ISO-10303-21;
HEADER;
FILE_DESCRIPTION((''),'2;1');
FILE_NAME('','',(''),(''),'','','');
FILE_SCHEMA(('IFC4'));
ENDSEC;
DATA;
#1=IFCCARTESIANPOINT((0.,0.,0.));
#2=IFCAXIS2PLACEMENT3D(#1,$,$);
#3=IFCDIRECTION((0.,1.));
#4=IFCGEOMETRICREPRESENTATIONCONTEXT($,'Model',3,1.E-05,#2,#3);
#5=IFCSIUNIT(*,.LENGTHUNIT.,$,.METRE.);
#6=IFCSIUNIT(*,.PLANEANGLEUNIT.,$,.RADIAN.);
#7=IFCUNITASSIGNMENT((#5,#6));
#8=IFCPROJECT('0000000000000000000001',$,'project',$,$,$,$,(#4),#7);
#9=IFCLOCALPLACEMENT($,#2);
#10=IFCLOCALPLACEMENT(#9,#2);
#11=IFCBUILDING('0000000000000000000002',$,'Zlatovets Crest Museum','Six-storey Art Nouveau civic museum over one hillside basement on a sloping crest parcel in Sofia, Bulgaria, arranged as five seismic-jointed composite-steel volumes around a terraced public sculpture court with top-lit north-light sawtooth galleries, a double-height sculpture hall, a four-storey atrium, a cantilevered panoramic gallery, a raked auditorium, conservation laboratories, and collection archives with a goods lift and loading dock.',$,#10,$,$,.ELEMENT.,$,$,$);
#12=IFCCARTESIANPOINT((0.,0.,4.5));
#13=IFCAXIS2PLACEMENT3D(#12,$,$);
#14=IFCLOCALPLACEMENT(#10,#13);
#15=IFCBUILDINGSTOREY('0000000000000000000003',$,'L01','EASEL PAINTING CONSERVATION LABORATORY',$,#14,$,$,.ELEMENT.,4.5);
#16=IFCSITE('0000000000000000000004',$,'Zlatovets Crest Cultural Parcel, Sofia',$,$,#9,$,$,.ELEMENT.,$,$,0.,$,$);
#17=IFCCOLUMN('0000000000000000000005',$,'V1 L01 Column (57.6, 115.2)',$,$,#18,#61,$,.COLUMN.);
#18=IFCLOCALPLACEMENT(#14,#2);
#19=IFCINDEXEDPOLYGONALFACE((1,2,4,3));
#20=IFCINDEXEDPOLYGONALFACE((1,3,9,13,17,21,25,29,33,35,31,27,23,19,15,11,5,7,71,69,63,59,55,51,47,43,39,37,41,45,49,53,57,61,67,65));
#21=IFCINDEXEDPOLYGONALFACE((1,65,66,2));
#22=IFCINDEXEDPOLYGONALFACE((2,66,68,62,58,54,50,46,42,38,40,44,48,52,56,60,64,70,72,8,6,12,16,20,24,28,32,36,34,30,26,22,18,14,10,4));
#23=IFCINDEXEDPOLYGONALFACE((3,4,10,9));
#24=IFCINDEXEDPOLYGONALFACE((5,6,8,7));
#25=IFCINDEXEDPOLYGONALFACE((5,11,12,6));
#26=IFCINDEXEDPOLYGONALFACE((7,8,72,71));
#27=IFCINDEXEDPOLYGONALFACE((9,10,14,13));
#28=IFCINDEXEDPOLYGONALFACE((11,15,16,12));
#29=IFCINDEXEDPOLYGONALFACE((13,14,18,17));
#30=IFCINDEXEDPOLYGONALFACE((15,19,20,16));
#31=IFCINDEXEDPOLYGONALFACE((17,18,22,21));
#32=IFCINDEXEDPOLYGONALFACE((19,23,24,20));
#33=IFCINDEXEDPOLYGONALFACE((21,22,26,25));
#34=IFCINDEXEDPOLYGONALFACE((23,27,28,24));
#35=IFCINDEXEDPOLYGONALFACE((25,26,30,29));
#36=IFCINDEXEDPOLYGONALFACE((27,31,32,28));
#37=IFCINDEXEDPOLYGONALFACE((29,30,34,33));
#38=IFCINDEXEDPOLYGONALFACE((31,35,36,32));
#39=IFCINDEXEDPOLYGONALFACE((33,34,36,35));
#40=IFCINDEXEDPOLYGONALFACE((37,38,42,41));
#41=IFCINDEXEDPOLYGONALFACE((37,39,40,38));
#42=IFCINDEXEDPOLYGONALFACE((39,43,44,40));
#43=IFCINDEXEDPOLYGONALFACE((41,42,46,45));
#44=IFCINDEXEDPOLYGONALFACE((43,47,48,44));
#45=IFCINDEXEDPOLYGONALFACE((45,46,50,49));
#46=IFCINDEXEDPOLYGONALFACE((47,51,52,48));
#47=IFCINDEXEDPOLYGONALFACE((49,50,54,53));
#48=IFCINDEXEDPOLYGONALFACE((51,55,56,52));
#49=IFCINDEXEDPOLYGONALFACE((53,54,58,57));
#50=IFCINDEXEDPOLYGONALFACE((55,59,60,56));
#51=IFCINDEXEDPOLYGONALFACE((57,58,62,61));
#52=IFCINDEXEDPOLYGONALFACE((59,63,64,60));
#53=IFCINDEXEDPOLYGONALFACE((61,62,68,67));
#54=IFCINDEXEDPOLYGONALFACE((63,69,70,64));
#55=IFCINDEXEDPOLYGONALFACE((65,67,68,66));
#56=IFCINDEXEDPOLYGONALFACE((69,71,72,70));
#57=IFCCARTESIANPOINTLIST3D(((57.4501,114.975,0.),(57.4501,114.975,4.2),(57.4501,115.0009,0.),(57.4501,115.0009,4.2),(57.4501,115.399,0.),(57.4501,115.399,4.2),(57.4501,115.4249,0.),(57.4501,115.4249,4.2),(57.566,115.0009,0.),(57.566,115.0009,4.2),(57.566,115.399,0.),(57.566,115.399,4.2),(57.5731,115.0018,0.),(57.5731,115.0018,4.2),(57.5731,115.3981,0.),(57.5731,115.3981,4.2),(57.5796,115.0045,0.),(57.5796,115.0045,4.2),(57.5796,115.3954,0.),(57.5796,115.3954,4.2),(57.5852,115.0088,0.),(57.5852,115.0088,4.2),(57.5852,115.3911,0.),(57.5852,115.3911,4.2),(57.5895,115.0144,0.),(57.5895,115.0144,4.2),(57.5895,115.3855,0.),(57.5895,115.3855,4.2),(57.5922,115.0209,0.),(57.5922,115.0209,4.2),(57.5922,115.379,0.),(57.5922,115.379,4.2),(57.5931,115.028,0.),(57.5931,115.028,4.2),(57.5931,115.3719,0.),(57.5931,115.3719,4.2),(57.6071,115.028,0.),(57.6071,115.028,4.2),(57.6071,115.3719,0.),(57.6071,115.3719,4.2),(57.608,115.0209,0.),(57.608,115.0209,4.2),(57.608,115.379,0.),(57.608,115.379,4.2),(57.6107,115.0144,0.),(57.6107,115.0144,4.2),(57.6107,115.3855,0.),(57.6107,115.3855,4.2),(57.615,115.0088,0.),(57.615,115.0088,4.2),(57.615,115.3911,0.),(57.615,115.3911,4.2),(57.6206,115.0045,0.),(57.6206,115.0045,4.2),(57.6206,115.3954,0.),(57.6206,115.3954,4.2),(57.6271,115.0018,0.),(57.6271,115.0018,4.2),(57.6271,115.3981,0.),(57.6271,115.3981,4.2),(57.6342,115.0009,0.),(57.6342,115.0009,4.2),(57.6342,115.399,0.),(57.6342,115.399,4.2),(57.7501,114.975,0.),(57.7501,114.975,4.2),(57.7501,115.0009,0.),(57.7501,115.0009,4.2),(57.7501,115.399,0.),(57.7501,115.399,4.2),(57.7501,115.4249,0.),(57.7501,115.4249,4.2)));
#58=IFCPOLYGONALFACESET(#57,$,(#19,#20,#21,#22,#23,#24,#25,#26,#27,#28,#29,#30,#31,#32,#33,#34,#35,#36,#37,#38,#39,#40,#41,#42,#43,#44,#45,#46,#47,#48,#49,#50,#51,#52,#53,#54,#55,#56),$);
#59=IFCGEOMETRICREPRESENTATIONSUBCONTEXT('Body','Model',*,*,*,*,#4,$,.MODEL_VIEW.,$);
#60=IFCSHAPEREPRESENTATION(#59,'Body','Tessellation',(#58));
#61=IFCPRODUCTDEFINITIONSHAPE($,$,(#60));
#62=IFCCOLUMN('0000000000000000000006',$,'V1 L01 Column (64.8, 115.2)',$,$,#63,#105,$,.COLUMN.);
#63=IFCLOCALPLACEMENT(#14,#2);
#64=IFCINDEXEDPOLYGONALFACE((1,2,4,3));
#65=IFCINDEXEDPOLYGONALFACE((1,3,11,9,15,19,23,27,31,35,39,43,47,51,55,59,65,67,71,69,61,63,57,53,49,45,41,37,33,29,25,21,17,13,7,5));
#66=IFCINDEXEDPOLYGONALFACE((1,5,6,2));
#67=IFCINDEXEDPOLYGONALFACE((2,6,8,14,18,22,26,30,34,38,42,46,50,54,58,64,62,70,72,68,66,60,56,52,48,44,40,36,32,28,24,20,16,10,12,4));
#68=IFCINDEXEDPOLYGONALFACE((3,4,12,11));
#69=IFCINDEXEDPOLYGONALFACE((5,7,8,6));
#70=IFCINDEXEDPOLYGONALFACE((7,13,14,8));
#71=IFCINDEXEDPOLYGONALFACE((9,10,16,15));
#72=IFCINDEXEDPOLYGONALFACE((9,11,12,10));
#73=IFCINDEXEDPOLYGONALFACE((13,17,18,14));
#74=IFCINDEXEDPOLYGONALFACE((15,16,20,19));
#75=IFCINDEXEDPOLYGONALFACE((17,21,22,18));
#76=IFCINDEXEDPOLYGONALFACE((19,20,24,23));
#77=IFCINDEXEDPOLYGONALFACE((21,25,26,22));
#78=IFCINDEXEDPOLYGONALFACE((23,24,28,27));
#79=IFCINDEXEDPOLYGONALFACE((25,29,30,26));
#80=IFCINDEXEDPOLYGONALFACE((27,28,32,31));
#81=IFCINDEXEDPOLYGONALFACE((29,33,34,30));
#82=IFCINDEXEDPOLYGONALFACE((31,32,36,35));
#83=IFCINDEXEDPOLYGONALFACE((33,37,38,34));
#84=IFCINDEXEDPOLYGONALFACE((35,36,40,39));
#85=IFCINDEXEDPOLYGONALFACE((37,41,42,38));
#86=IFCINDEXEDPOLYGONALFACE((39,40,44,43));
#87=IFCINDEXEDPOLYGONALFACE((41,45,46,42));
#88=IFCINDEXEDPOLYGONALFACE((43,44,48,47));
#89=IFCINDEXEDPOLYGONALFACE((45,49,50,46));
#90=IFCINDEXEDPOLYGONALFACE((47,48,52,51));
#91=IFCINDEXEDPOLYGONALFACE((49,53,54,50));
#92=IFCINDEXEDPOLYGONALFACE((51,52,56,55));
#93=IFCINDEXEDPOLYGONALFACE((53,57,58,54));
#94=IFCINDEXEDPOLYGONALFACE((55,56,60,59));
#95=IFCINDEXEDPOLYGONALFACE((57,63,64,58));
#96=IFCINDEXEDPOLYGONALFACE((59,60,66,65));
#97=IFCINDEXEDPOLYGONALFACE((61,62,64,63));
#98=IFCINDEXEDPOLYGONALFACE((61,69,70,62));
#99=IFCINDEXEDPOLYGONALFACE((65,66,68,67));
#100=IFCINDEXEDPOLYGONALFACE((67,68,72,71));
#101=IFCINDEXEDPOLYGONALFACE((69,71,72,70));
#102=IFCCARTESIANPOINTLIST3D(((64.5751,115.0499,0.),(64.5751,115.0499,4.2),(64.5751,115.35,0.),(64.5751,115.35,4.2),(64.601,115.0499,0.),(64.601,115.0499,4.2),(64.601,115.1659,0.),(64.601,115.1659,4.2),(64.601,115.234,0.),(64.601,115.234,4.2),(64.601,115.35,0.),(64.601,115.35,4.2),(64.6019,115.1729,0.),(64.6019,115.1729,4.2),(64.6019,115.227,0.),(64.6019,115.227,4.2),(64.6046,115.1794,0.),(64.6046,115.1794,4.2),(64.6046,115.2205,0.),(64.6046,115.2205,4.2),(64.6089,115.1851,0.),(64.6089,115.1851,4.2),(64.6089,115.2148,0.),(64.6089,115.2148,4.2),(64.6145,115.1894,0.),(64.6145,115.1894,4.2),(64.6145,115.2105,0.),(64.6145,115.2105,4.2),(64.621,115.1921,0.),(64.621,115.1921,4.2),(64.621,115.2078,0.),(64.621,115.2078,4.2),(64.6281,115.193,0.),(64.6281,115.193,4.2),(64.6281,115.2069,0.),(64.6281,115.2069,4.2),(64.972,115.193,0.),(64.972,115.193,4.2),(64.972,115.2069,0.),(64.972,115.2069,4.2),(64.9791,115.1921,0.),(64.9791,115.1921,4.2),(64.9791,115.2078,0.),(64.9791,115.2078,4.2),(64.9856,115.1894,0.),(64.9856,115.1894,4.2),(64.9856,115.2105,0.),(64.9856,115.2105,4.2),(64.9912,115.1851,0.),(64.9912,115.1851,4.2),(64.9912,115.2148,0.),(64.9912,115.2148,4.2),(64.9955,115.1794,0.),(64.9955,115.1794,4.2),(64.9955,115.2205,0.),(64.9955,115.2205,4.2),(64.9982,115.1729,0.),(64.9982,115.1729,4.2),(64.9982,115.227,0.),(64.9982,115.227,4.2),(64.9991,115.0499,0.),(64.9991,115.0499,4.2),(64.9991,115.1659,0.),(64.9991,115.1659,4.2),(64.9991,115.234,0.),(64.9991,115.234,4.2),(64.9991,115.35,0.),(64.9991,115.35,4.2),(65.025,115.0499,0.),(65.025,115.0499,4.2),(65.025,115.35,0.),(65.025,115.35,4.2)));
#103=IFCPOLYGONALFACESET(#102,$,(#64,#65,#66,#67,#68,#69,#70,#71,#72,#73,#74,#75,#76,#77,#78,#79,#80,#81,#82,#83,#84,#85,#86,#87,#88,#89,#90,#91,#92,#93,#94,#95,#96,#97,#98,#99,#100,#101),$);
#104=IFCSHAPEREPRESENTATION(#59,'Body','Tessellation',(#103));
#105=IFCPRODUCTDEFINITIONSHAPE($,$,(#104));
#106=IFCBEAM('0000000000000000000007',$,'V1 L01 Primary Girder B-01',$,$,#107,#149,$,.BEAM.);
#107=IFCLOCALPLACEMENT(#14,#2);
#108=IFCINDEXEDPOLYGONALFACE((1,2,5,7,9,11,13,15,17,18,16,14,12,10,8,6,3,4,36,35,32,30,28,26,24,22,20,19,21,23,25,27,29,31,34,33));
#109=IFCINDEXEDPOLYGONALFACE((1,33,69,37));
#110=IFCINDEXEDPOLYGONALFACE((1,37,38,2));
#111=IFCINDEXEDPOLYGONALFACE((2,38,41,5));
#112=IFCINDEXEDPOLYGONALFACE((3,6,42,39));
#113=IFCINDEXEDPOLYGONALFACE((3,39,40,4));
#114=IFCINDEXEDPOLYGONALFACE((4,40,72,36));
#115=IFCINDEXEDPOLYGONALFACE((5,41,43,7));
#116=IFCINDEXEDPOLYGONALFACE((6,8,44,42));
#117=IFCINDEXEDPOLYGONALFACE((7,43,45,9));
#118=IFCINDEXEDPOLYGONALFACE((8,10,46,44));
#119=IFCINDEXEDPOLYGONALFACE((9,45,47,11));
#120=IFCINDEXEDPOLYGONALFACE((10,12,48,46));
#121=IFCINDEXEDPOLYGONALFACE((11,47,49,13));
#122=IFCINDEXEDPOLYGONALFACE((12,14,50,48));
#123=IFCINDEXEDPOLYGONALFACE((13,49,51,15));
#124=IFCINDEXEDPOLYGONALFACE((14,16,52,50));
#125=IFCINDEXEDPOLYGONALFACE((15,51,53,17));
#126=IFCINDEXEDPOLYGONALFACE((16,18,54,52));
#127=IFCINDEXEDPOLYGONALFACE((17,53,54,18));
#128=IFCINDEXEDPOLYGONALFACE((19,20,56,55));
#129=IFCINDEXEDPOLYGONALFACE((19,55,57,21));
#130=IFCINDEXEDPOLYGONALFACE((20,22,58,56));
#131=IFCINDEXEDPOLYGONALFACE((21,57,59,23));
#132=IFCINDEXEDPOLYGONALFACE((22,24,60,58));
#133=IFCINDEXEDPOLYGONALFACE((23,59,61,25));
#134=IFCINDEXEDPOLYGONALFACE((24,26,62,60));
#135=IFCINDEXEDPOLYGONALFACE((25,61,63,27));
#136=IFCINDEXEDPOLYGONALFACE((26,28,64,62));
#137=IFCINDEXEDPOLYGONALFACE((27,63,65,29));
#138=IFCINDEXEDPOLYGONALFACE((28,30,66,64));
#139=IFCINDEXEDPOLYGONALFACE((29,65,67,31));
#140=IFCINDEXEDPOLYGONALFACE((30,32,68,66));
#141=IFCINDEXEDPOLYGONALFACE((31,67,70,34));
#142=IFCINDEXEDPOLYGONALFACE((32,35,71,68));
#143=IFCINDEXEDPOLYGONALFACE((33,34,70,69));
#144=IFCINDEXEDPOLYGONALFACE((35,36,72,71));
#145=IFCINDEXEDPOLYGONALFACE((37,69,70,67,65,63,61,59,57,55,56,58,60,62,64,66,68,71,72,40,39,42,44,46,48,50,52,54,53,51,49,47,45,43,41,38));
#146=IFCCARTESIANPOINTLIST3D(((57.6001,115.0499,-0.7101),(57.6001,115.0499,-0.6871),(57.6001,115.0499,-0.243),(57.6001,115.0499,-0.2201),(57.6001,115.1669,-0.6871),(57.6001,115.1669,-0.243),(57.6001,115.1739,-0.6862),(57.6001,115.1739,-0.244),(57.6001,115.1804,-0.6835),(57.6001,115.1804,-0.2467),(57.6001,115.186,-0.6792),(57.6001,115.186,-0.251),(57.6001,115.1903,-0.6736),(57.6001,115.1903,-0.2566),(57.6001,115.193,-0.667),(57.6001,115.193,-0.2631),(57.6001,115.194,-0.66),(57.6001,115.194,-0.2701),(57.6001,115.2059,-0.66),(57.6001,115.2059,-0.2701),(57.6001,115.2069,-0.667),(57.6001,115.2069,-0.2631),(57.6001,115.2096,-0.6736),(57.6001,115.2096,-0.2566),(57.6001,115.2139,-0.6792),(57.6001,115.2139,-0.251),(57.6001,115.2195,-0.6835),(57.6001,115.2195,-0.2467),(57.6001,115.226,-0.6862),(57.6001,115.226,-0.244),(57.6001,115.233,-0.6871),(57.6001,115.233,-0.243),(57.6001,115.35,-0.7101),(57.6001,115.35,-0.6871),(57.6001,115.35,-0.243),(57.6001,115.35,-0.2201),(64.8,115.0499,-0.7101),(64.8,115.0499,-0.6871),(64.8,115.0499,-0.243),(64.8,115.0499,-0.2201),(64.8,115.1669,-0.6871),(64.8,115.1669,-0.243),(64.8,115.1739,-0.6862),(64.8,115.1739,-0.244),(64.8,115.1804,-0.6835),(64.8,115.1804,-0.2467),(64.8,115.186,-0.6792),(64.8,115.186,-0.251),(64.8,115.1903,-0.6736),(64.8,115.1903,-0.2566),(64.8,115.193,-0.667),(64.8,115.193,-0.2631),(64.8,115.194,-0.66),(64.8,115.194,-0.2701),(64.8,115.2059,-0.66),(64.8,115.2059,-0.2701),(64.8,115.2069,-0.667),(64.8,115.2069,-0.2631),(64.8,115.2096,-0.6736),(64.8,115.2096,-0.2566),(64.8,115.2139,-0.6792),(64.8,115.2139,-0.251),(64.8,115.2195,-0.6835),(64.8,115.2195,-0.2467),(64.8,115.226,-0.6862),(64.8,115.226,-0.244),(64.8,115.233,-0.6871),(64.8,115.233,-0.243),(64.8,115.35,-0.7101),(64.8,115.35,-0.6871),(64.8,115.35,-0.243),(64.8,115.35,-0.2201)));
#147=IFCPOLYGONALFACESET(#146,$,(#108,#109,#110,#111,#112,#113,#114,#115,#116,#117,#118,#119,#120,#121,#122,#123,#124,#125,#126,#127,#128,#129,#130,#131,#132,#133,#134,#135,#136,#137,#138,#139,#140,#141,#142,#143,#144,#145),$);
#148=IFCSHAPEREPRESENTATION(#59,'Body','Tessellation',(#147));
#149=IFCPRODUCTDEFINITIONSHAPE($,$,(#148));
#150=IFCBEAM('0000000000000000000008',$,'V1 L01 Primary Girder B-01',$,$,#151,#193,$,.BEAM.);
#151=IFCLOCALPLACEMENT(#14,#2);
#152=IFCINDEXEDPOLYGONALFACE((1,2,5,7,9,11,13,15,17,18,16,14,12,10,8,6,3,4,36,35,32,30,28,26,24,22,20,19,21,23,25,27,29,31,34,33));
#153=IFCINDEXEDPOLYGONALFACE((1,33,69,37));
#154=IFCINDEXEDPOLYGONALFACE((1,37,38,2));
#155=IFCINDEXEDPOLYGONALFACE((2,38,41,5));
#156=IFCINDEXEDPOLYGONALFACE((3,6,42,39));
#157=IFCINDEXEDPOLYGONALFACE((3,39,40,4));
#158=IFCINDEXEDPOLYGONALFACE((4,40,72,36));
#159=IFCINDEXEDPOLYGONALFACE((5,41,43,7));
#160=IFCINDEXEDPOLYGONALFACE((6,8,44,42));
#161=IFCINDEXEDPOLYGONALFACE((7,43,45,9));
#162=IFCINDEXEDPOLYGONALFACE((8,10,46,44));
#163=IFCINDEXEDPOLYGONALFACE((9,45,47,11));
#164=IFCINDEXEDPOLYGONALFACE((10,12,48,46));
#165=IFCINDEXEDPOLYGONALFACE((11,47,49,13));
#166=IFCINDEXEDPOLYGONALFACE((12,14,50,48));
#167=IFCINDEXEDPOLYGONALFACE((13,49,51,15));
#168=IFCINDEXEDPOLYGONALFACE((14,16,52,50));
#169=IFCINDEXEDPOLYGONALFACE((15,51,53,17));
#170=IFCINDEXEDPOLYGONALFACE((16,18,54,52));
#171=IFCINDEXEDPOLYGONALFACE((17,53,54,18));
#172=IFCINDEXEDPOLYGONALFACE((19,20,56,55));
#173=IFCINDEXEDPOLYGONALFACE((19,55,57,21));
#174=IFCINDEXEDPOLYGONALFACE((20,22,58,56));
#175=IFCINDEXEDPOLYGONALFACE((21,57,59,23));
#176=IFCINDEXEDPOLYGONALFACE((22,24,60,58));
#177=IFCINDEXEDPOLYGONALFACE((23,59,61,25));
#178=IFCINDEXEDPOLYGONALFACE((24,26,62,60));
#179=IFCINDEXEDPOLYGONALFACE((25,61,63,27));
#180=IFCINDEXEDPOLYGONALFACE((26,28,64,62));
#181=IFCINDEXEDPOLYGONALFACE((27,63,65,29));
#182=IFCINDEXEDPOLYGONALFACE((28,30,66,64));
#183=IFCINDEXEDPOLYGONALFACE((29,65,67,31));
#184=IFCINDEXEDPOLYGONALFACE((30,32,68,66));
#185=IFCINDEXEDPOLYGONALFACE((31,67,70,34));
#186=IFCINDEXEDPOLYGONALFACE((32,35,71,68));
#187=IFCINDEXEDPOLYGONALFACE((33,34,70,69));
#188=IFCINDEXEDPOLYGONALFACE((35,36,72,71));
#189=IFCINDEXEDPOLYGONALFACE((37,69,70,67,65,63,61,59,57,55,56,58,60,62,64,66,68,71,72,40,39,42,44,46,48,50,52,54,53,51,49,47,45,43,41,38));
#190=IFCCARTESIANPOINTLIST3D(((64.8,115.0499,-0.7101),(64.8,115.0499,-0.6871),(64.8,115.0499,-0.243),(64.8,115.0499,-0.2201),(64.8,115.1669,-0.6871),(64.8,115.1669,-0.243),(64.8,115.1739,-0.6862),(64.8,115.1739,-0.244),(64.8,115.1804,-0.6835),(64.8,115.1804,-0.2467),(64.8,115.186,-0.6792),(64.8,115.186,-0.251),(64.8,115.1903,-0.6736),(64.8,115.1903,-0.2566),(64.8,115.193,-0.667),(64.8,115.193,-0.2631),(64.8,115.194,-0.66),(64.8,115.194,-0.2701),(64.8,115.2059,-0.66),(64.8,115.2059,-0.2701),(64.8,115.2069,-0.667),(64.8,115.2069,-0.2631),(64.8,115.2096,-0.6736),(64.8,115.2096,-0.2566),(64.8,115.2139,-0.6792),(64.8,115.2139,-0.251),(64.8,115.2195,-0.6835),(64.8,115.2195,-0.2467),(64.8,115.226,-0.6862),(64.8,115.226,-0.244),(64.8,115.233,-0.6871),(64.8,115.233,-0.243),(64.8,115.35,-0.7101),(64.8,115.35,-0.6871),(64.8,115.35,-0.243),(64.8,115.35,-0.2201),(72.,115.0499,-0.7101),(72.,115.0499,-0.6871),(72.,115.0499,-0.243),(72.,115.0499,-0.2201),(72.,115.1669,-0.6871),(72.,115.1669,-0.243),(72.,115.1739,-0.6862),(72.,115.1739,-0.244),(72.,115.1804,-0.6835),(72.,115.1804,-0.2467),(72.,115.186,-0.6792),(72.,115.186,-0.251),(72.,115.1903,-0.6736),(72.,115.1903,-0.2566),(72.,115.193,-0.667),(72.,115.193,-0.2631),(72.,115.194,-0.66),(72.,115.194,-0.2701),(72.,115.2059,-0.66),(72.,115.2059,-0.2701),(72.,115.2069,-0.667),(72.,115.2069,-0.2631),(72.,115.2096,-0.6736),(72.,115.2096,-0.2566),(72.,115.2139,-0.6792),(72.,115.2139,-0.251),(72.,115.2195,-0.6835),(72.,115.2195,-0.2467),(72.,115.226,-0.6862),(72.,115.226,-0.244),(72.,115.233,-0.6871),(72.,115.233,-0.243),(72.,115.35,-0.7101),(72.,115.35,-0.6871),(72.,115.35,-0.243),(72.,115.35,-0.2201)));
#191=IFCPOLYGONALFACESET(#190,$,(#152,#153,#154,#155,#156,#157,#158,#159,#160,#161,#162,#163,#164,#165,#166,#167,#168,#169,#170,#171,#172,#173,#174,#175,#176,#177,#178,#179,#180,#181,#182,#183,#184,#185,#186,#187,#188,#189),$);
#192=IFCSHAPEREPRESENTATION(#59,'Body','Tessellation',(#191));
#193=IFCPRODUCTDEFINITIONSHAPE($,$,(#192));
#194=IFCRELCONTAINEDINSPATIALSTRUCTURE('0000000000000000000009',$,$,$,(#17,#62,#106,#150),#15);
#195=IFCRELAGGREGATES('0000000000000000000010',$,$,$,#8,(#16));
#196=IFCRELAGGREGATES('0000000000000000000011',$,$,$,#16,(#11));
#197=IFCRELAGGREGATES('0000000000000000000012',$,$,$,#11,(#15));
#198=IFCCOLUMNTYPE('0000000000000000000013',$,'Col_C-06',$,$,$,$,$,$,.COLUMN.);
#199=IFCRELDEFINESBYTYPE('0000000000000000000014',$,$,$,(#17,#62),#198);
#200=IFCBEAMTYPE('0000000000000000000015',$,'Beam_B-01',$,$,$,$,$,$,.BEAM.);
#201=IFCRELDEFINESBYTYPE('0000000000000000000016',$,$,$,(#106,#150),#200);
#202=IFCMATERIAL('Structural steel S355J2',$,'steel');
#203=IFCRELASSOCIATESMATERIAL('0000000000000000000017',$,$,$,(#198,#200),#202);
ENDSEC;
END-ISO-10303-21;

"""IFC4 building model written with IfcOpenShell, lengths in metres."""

from ifc_helpers import new_model, si_unit, direction, frame, origin, origin_2d, place, context, subcontext, project, spatial, i_section, extrude, material, material_profile, profile_set, type_object, element, save


model = new_model("IFC4")

# Units and contexts
model_context = context("Model", 3, precision=1e-05, world=origin(), true_north=direction((0.0, 1.0)))
body_context = subcontext(model_context, "Body", "Model", "MODEL_VIEW")
ifc_project = project(units=[si_unit("LENGTHUNIT", "METRE"), si_unit("PLANEANGLEUNIT", "RADIAN")], contexts=[model_context])

# Site, building, storey
site_placement = place(None, origin())
site = spatial("IfcSite", under=ifc_project, at=site_placement, Name="Zlatovets Crest Cultural Parcel, Sofia", CompositionType="ELEMENT", RefElevation=0.0)
building_placement = place(site_placement, origin())
building = spatial("IfcBuilding", under=site, at=building_placement, Name="Zlatovets Crest Museum", Description="Six-storey Art Nouveau civic museum over one hillside basement on a sloping crest parcel in Sofia, Bulgaria, arranged as five seismic-jointed composite-steel volumes around a terraced public sculpture court with top-lit north-light sawtooth galleries, a double-height sculpture hall, a four-storey atrium, a cantilevered panoramic gallery, a raked auditorium, conservation laboratories, and collection archives with a goods lift and loading dock.", CompositionType="ELEMENT")
storey_placement = place(building_placement, frame((0.0, 0.0, 4.5)))
storey = spatial("IfcBuildingStorey", under=building, at=storey_placement, Name="L01", Description="EASEL PAINTING CONSERVATION LABORATORY", CompositionType="ELEMENT", Elevation=4.5)

# Columns
ifc_material_1 = material(Name="Structural steel S355J2", Category="steel")
ifc_material_profile_1 = material_profile(ifc_material_1, i_section(OverallWidth=0.3, OverallDepth=0.45, WebThickness=0.0139, FlangeThickness=0.0259, FilletRadius=0.0271, at=origin_2d()), Name="HEB 450")
ifc_profile_set_1 = profile_set([ifc_material_profile_1], Name="Structural steel S355J2")
column_type = type_object("IfcColumnType", Name="Col_C-06", PredefinedType="COLUMN", material=ifc_profile_set_1)
for number, where, z_axis, x_axis, name in (
    (1, (57.6001, 115.2, 0.0), (0.0, 0.0, 1.0), (1.0, 0.0, 0.0), "V1 L01 Column (57.6, 115.2)"),
    (2, (64.8, 115.2, 0.0), (0.0, 0.0, 1.0), (0.0, 1.0, 0.0), "V1 L01 Column (64.8, 115.2)"),
):
    element("IfcColumn", number, at=place(storey_placement, frame(where, z_axis=z_axis, x_axis=x_axis)), inside=storey, type_object=column_type, Name=name, PredefinedType="COLUMN", context=body_context, shape_type="SweptSolid", body=[
        extrude(i_section(OverallWidth=0.3, OverallDepth=0.45, WebThickness=0.0139, FlangeThickness=0.0259, FilletRadius=0.0271, at=origin_2d()), origin(), (0.0, 0.0, 1.0), 4.2),
    ])

# Beams
ifc_material_profile_2 = material_profile(ifc_material_1, i_section(OverallWidth=0.3, OverallDepth=0.49, WebThickness=0.012, FlangeThickness=0.0229, FilletRadius=0.0271, at=origin_2d()), Name="HEA 500")
ifc_profile_set_2 = profile_set([ifc_material_profile_2], Name="Structural steel S355J2")
beam_type_1 = type_object("IfcBeamType", Name="Beam_B-01", PredefinedType="BEAM", material=ifc_profile_set_2)
for number, where, z_axis, x_axis, name in (
    (3, (57.6001, 115.2, -0.4651), (1.0, 0.0, 0.0), (0.0, 1.0, 0.0), "V1 L01 Primary Girder B-01"),
    (4, (64.8, 115.2, -0.4651), (1.0, 0.0, 0.0), (0.0, 1.0, 0.0), "V1 L01 Primary Girder B-01"),
):
    element("IfcBeam", number, at=place(storey_placement, frame(where, z_axis=z_axis, x_axis=x_axis)), inside=storey, type_object=beam_type_1, Name=name, PredefinedType="BEAM", context=body_context, shape_type="SweptSolid", body=[
        extrude(i_section(OverallWidth=0.3, OverallDepth=0.49, WebThickness=0.012, FlangeThickness=0.0229, FilletRadius=0.0271, at=origin_2d()), origin(), (0.0, 0.0, 1.0), 7.2),
    ])

save(model, "model.ifc")
